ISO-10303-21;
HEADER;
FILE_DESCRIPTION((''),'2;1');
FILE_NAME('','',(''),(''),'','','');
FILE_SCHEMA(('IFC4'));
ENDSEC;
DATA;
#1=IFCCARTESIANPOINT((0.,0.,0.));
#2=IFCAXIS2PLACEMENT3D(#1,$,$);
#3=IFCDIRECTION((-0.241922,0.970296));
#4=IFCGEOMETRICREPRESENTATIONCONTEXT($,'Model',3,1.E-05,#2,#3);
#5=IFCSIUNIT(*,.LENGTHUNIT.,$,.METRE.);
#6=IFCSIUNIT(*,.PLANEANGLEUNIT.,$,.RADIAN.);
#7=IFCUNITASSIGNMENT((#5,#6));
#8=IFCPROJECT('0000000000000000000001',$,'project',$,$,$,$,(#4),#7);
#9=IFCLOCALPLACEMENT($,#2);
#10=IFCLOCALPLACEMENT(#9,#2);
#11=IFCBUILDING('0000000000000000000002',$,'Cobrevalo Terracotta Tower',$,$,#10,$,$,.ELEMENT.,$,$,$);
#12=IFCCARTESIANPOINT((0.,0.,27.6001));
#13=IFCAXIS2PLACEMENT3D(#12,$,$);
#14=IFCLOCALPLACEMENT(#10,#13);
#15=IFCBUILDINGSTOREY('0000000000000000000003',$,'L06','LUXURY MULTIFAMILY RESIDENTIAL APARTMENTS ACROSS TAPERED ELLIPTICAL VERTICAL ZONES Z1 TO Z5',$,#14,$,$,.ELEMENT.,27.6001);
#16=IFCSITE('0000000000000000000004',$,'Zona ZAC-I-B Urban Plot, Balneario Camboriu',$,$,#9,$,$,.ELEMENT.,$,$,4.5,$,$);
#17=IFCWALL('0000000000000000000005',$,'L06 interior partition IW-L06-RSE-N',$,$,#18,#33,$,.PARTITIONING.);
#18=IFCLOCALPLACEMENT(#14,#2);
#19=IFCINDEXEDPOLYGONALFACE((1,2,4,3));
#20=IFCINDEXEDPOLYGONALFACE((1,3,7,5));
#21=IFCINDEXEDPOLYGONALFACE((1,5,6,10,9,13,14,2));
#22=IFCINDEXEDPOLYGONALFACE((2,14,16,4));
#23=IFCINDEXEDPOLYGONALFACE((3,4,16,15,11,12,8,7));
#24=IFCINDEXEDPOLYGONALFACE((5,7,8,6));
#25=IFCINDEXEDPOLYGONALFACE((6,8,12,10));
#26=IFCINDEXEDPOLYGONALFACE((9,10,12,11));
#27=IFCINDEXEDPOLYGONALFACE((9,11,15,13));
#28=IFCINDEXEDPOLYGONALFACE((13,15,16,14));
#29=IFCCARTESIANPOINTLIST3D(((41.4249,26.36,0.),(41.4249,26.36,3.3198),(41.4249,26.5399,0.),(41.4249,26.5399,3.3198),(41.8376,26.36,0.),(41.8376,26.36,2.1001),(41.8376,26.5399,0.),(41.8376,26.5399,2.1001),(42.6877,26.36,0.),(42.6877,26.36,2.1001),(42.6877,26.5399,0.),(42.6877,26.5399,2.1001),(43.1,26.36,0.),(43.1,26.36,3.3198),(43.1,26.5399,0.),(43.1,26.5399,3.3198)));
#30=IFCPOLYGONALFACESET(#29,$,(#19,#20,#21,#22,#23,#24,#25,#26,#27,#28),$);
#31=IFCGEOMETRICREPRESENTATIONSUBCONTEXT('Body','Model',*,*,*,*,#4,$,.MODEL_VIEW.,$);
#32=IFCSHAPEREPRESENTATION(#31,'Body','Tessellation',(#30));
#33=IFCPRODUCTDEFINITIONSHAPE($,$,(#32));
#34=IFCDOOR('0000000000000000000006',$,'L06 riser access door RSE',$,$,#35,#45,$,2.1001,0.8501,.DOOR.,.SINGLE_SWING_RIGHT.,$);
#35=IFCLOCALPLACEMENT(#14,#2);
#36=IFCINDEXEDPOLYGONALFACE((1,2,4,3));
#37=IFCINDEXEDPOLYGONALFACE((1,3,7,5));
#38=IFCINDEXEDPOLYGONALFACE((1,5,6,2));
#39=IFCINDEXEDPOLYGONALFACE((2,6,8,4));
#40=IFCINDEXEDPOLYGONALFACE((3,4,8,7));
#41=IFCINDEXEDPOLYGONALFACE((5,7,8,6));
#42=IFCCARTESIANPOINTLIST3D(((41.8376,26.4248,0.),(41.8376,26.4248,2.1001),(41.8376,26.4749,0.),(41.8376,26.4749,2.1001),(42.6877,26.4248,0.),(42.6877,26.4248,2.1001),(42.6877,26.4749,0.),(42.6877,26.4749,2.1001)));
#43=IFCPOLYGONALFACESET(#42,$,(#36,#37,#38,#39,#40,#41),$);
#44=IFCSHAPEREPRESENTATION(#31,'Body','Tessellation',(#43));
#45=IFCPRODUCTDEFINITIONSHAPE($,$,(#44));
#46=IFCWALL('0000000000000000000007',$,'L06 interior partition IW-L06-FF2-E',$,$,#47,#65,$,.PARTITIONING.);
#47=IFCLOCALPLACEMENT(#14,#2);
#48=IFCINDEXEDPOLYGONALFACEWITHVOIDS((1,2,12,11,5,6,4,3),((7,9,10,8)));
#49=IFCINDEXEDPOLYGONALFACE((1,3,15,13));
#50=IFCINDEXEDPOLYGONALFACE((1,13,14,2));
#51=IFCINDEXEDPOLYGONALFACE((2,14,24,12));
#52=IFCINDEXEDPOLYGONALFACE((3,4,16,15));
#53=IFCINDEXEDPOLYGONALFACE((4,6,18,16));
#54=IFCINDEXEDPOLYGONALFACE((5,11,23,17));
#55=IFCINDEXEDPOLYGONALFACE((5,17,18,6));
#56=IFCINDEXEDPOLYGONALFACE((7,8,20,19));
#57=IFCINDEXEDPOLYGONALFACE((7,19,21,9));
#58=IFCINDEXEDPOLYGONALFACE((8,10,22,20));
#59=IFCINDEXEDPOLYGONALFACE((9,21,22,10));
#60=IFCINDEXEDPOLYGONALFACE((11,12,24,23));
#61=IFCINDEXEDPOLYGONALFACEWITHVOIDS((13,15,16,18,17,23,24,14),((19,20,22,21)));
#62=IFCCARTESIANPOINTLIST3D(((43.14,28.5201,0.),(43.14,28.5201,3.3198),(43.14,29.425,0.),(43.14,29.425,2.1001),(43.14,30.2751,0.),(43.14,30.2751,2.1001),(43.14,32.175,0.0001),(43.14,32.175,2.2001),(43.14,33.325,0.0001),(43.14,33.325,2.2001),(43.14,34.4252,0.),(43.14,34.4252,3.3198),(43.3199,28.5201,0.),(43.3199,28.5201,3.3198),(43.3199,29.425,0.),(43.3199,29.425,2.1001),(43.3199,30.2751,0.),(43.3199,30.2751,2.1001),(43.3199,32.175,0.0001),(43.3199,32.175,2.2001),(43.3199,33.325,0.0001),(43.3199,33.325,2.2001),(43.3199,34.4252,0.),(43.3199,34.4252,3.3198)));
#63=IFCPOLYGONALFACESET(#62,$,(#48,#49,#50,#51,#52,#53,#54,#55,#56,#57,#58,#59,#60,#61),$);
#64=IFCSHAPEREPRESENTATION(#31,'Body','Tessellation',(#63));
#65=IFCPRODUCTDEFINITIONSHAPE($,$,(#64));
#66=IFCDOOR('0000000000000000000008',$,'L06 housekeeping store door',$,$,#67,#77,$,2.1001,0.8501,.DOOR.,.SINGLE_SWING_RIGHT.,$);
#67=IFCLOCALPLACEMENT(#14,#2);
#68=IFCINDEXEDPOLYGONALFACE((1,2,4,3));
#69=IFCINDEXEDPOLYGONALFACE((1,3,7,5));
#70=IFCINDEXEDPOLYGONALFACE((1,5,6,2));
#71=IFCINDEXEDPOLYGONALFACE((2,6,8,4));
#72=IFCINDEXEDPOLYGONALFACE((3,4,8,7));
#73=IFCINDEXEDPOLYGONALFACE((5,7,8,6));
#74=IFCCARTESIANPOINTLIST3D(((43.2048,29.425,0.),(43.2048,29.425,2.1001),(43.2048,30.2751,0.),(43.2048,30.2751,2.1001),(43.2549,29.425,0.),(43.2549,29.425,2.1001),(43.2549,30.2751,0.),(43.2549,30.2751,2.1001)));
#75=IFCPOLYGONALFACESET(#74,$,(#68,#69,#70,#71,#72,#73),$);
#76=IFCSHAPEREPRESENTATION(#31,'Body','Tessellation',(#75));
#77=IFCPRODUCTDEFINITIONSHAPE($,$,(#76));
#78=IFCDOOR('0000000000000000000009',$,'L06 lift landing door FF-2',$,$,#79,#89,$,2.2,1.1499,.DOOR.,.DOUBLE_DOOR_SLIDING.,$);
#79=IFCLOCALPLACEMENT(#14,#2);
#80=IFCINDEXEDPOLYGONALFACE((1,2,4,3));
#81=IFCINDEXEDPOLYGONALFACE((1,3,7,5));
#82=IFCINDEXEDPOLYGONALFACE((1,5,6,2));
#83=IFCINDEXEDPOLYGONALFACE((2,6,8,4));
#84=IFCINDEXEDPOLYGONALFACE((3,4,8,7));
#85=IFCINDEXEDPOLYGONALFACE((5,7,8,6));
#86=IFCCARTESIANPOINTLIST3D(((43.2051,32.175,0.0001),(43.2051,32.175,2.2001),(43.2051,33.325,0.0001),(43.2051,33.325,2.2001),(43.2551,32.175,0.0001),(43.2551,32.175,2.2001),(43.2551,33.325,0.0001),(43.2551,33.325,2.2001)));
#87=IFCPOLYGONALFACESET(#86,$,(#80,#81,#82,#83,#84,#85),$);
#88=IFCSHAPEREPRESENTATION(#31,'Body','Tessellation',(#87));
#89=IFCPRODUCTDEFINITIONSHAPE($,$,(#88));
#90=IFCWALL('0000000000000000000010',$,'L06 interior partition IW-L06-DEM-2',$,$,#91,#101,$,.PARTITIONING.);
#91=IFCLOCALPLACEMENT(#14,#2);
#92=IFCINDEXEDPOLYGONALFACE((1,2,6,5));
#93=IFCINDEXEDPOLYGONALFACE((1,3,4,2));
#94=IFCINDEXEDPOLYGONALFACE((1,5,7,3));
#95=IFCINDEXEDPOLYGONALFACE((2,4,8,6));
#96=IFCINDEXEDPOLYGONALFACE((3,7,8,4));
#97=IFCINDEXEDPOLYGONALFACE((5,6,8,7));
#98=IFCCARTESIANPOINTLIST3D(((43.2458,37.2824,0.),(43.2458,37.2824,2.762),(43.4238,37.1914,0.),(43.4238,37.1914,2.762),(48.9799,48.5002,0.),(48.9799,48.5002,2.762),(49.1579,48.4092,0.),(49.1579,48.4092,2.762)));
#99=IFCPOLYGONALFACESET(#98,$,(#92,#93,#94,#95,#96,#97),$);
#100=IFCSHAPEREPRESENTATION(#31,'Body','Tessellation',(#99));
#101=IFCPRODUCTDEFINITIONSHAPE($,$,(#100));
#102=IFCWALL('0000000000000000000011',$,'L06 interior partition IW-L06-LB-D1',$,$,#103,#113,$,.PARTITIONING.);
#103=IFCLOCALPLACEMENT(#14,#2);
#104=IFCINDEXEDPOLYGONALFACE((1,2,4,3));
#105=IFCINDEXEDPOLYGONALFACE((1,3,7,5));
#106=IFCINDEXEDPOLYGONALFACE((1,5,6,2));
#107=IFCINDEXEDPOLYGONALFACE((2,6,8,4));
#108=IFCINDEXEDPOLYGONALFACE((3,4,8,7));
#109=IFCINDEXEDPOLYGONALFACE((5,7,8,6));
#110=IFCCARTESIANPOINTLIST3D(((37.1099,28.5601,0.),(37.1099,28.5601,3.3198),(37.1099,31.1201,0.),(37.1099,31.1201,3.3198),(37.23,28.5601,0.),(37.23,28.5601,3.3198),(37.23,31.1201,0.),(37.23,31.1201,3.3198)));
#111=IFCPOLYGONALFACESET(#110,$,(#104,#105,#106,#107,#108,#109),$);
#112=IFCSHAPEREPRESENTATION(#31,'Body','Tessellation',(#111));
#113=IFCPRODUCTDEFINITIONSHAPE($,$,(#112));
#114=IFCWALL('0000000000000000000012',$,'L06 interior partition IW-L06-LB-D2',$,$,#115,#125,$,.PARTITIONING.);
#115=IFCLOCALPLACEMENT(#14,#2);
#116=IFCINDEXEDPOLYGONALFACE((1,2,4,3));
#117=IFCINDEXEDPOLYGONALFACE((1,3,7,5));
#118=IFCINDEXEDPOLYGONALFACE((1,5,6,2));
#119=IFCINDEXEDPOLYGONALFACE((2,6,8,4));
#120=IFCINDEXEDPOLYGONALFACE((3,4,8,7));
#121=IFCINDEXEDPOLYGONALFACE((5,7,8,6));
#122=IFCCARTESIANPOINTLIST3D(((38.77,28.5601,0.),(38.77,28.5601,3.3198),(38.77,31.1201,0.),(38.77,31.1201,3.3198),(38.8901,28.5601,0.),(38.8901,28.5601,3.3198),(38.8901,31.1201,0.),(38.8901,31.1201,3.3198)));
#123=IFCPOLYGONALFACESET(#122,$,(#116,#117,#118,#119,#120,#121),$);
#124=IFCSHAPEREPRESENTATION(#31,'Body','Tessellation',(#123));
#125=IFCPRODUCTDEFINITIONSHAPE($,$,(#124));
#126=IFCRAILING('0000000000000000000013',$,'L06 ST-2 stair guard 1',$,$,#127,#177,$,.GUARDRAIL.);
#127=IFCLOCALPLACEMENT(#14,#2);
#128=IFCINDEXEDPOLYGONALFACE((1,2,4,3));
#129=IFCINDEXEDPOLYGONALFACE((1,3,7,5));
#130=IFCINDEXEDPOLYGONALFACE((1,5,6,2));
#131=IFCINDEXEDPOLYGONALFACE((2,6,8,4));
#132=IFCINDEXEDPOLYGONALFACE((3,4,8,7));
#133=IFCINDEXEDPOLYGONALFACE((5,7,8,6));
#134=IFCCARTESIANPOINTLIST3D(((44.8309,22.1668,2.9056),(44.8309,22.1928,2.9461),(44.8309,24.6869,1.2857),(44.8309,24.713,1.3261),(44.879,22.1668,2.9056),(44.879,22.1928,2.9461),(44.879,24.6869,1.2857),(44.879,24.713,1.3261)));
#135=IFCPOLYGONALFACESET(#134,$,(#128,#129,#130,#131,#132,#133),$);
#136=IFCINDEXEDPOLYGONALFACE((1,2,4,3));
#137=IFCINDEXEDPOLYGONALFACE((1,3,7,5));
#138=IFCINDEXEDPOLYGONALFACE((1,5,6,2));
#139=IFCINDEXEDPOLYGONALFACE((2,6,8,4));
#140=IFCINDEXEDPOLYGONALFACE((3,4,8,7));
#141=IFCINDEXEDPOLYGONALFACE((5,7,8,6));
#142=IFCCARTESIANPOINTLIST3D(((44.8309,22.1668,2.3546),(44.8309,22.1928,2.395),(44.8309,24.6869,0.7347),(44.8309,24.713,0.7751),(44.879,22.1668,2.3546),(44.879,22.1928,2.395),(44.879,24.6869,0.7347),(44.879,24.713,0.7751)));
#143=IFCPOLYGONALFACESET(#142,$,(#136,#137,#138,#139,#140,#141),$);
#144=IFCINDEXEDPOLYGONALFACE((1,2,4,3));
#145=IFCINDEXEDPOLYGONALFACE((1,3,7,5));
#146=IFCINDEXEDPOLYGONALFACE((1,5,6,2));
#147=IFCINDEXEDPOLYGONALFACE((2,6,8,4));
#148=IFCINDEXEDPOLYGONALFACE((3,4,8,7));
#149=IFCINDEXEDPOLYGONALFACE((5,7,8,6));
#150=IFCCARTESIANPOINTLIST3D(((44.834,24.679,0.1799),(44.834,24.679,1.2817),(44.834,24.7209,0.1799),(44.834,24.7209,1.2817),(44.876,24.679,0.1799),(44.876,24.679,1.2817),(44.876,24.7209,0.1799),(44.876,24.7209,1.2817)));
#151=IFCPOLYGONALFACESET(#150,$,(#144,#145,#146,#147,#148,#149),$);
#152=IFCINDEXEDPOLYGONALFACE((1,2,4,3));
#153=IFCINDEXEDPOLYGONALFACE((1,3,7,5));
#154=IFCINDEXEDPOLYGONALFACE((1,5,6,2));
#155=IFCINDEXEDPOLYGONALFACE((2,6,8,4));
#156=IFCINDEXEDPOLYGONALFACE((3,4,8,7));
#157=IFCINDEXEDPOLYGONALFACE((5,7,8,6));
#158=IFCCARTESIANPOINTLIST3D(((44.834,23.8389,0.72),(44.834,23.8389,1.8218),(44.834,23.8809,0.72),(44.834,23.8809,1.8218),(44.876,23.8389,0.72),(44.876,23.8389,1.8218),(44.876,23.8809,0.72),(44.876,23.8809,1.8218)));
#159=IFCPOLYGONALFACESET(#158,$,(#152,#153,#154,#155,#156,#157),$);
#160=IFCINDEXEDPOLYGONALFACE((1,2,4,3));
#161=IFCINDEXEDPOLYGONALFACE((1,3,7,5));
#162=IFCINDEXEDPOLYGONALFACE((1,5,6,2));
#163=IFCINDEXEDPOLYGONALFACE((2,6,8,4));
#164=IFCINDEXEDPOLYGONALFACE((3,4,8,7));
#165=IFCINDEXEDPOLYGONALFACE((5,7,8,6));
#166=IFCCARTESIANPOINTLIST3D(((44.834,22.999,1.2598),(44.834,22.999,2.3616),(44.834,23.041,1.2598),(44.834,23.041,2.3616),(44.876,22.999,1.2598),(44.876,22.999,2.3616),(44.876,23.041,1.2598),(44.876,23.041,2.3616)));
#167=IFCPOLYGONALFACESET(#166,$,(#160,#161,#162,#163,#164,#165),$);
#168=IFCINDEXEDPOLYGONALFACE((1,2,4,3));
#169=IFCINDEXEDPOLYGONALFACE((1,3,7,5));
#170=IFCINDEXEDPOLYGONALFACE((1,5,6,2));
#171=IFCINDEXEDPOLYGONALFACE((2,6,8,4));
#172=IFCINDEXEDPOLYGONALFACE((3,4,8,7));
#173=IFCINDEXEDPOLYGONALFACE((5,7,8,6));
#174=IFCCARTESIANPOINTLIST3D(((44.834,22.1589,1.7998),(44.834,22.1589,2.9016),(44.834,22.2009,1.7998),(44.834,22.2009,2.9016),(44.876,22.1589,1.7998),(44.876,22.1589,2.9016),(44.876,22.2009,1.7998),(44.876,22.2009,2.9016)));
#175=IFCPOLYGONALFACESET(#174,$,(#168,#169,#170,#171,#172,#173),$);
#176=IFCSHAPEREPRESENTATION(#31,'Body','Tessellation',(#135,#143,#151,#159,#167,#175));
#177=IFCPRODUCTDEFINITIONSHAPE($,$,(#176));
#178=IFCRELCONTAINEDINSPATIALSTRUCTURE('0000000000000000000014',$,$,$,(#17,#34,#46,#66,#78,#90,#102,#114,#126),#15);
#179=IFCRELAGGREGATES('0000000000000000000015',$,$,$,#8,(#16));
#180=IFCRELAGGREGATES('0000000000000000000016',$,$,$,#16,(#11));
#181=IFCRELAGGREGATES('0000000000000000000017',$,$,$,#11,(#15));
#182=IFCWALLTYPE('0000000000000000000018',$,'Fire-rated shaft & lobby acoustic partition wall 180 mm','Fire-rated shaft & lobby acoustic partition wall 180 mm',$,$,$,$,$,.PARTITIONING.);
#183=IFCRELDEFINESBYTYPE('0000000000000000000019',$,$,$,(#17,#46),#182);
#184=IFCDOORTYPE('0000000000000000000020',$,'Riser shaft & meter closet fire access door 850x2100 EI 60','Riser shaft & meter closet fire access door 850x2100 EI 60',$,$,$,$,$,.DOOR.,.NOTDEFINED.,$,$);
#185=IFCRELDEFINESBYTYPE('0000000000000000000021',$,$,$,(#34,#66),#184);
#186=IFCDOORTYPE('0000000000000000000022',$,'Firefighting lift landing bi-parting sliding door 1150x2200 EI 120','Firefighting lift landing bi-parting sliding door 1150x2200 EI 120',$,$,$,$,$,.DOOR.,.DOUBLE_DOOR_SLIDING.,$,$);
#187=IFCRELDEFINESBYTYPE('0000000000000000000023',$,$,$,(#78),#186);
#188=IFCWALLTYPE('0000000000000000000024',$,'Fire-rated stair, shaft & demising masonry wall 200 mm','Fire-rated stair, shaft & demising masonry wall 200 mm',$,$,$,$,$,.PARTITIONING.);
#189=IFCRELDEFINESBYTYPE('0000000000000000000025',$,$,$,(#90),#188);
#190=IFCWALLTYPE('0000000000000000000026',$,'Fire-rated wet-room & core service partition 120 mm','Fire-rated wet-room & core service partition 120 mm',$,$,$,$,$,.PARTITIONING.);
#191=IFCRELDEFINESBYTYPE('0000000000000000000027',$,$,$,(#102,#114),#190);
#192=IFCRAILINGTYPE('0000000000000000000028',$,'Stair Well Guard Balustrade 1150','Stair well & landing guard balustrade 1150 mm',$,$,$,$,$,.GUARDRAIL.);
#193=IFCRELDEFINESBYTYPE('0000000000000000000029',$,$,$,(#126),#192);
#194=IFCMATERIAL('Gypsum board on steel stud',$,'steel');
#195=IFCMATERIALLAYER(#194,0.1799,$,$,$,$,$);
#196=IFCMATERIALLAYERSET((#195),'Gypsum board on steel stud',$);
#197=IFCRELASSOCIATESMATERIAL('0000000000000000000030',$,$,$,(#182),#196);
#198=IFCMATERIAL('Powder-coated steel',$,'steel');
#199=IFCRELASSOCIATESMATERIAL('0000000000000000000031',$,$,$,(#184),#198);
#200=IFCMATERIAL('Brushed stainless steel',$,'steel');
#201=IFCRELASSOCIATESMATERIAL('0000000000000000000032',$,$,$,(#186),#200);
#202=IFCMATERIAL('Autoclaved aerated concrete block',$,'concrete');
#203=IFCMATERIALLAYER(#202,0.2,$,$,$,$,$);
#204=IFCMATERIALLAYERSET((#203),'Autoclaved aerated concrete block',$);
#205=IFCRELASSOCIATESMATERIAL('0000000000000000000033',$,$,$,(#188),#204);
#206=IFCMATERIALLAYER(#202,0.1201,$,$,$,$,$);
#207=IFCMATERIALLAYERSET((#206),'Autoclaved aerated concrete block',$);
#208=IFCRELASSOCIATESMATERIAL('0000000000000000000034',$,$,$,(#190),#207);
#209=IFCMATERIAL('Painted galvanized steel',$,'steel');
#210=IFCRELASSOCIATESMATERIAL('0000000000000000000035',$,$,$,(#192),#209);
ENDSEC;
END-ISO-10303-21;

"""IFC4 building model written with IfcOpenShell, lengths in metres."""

from ifc_helpers import new_model, si_unit, direction, frame, frame_2d, origin, origin_2d, place, context, subcontext, project, spatial, rectangle, extrude, source, transform, mapped, material, layer, layer_set, type_object, element, fill, save


model = new_model("IFC4")

# Units and contexts
model_context = context("Model", 3, precision=1e-05, world=origin(), true_north=direction((-0.241922, 0.970296)))
body_context = subcontext(model_context, "Body", "Model", "MODEL_VIEW")
ifc_project = project(units=[si_unit("LENGTHUNIT", "METRE"), si_unit("PLANEANGLEUNIT", "RADIAN")], contexts=[model_context])

# Site, building, storey
site_placement = place(None, origin())
site = spatial("IfcSite", under=ifc_project, at=site_placement, Name="Zona ZAC-I-B Urban Plot, Balneario Camboriu", CompositionType="ELEMENT", RefElevation=4.5)
building_placement = place(site_placement, origin())
building = spatial("IfcBuilding", under=site, at=building_placement, Name="Cobrevalo Terracotta Tower", CompositionType="ELEMENT")
storey_placement = place(building_placement, frame((0.0, 0.0, 27.6001)))
storey = spatial("IfcBuildingStorey", under=building, at=storey_placement, Name="L06", Description="LUXURY MULTIFAMILY RESIDENTIAL APARTMENTS ACROSS TAPERED ELLIPTICAL VERTICAL ZONES Z1 TO Z5", CompositionType="ELEMENT", Elevation=27.6001)

# Shared definitions
ifc_material_1 = material(Name="Gypsum board on steel stud", Category="steel")

# Shared definitions
ifc_material_2 = material(Name="Brushed stainless steel", Category="steel")

# Wall, opening, door
ifc_layer_1 = layer(ifc_material_1, 0.1799)
ifc_layer_set_1 = layer_set([ifc_layer_1], Name="Gypsum board on steel stud")
wall_type_1 = type_object("IfcWallType", Name="Fire-rated shaft & lobby acoustic partition wall 180 mm", Description="Fire-rated shaft & lobby acoustic partition wall 180 mm", PredefinedType="PARTITIONING", material=ifc_layer_set_1)
wall_1_placement = place(storey_placement, frame((41.425, 26.45, 0.0), z_axis=(0.0, 0.0, 1.0), x_axis=(1.0, 0.0, 0.0)))
wall_1 = element("IfcWall", 1, at=wall_1_placement, inside=storey, type_object=wall_type_1, Name="L06 interior partition IW-L06-RSE-N", PredefinedType="PARTITIONING", context=body_context, shape_type="SweptSolid", body=[
    extrude(rectangle(XDim=1.675, YDim=0.1799, at=frame_2d((0.8374, 0.0))), origin(), (0.0, 0.0, 1.0), 3.3198),
])
opening_1_placement = place(wall_1_placement, frame((0.4126, 0.0, 0.0)))
opening_1 = element("IfcOpeningElement", 2, at=opening_1_placement, cuts=wall_1, PredefinedType="OPENING", context=body_context, shape_type="SweptSolid", body=[
    extrude(rectangle(XDim=0.8501, YDim=2.1001, at=frame_2d((0.425, 1.05))), frame((0.0, 0.1001, 0.0), z_axis=(0.0, -1.0, 0.0), x_axis=(1.0, 0.0, 0.0)), (0.0, 0.0, 1.0), 0.2),
])
ifc_material_3 = material(Name="Powder-coated steel", Category="steel")
door_type_1 = type_object("IfcDoorType", Name="Riser shaft & meter closet fire access door 850x2100 EI 60", Description="Riser shaft & meter closet fire access door 850x2100 EI 60", OperationType="NOTDEFINED", PredefinedType="DOOR", material=ifc_material_3)
shared_shape_1 = source(origin(), body_context, "Body", "SweptSolid", [
    extrude(rectangle(XDim=0.8501, YDim=2.1001, at=frame_2d((0.425, 1.05))), frame((0.0, 0.0249, 0.0), z_axis=(0.0, -1.0, 0.0), x_axis=(1.0, 0.0, 0.0)), (0.0, 0.0, 1.0), 0.05),
])
door_1_placement = place(opening_1_placement, origin())
door_1 = element("IfcDoor", 3, at=door_1_placement, inside=storey, type_object=door_type_1, Name="L06 riser access door RSE", OperationType="SINGLE_SWING_RIGHT", OverallHeight=2.1001, OverallWidth=0.8501, PredefinedType="DOOR", context=body_context, shape_type="MappedRepresentation", body=[
    mapped(shared_shape_1, transform((0.0, 0.0, 0.0), scale=1.0)),
])
fill(opening_1, door_1)

# Wall, openings, doors
wall_2_placement = place(storey_placement, frame((43.23, 28.52, 0.0), z_axis=(0.0, 0.0, 1.0), x_axis=(0.0, 1.0, 0.0)))
wall_2 = element("IfcWall", 4, at=wall_2_placement, inside=storey, type_object=wall_type_1, Name="L06 interior partition IW-L06-FF2-E", PredefinedType="PARTITIONING", context=body_context, shape_type="SweptSolid", body=[
    extrude(rectangle(XDim=5.905, YDim=0.1799, at=frame_2d((2.9526, 0.0))), origin(), (0.0, 0.0, 1.0), 3.3198),
])
opening_2_placement = place(wall_2_placement, frame((0.905, 0.0, 0.0)))
opening_2 = element("IfcOpeningElement", 5, at=opening_2_placement, cuts=wall_2, PredefinedType="OPENING", context=body_context, shape_type="SweptSolid", body=[
    extrude(rectangle(XDim=0.8501, YDim=2.1001, at=frame_2d((0.425, 1.05))), frame((0.0, 0.1001, 0.0), z_axis=(0.0, -1.0, 0.0), x_axis=(1.0, 0.0, 0.0)), (0.0, 0.0, 1.0), 0.2),
])
opening_3_placement = place(wall_2_placement, frame((3.655, 0.0, 0.0)))
opening_3 = element("IfcOpeningElement", 6, at=opening_3_placement, cuts=wall_2, PredefinedType="OPENING", context=body_context, shape_type="SweptSolid", body=[
    extrude(rectangle(XDim=1.1499, YDim=2.2, at=frame_2d((0.575, 1.1001))), frame((0.0, 0.1001, 0.0), z_axis=(0.0, -1.0, 0.0), x_axis=(1.0, 0.0, 0.0)), (0.0, 0.0, 1.0), 0.2),
])
door_2_placement = place(opening_2_placement, frame((0.8501, 0.0, 0.0), z_axis=(0.0, 0.0, 1.0), x_axis=(-1.0, 0.0, 0.0)))
door_2 = element("IfcDoor", 7, at=door_2_placement, inside=storey, type_object=door_type_1, Name="L06 housekeeping store door", OperationType="SINGLE_SWING_RIGHT", OverallHeight=2.1001, OverallWidth=0.8501, PredefinedType="DOOR", context=body_context, shape_type="MappedRepresentation", body=[
    mapped(shared_shape_1, transform((0.0, 0.0, 0.0), scale=1.0)),
])
fill(opening_2, door_2)
door_type_2 = type_object("IfcDoorType", Name="Firefighting lift landing bi-parting sliding door 1150x2200 EI 120", Description="Firefighting lift landing bi-parting sliding door 1150x2200 EI 120", OperationType="DOUBLE_DOOR_SLIDING", PredefinedType="DOOR", material=ifc_material_2)
shared_shape_2 = source(origin(), body_context, "Body", "SweptSolid", [
    extrude(rectangle(XDim=1.1499, YDim=2.2, at=frame_2d((0.575, 1.1001))), frame((0.0, 0.0249, 0.0), z_axis=(0.0, -1.0, 0.0), x_axis=(1.0, 0.0, 0.0)), (0.0, 0.0, 1.0), 0.05),
])
door_3_placement = place(opening_3_placement, origin())
door_3 = element("IfcDoor", 8, at=door_3_placement, inside=storey, type_object=door_type_2, Name="L06 lift landing door FF-2", OperationType="DOUBLE_DOOR_SLIDING", OverallHeight=2.2, OverallWidth=1.1499, PredefinedType="DOOR", context=body_context, shape_type="MappedRepresentation", body=[
    mapped(shared_shape_2, transform((0.0, 0.0, 0.0), scale=1.0)),
])
fill(opening_3, door_3)

# Walls
ifc_material_4 = material(Name="Autoclaved aerated concrete block", Category="concrete")
ifc_layer_2 = layer(ifc_material_4, 0.2)
ifc_layer_set_2 = layer_set([ifc_layer_2], Name="Autoclaved aerated concrete block")
wall_type_2 = type_object("IfcWallType", Name="Fire-rated stair, shaft & demising masonry wall 200 mm", Description="Fire-rated stair, shaft & demising masonry wall 200 mm", PredefinedType="PARTITIONING", material=ifc_layer_set_2)
wall_3_placement = place(storey_placement, frame((43.3347, 37.2368, 0.0), z_axis=(0.0, 0.0, 1.0), x_axis=(0.455149, 0.890415, 0.0)))
element("IfcWall", 9, at=wall_3_placement, inside=storey, type_object=wall_type_2, Name="L06 interior partition IW-L06-DEM-2", PredefinedType="PARTITIONING", context=body_context, shape_type="SweptSolid", body=[
    extrude(rectangle(XDim=12.5984, YDim=0.2, at=frame_2d((6.2993, 0.0))), origin(), (0.0, 0.0, 1.0), 2.762),
])
ifc_layer_3 = layer(ifc_material_4, 0.1201)
ifc_layer_set_3 = layer_set([ifc_layer_3], Name="Autoclaved aerated concrete block")
wall_type_3 = type_object("IfcWallType", Name="Fire-rated wet-room & core service partition 120 mm", Description="Fire-rated wet-room & core service partition 120 mm", PredefinedType="PARTITIONING", material=ifc_layer_set_3)
for number, where, z_axis, x_axis, name in (
    (10, (37.1699, 28.5601, 0.0), (0.0, 0.0, 1.0), (0.0, 1.0, 0.0), "L06 interior partition IW-L06-LB-D1"),
    (11, (38.8301, 28.5601, 0.0), (0.0, 0.0, 1.0), (0.0, 1.0, 0.0), "L06 interior partition IW-L06-LB-D2"),
):
    element("IfcWall", number, at=place(storey_placement, frame(where, z_axis=z_axis, x_axis=x_axis)), inside=storey, type_object=wall_type_3, Name=name, PredefinedType="PARTITIONING", context=body_context, shape_type="SweptSolid", body=[
        extrude(rectangle(XDim=2.5601, YDim=0.1201, at=frame_2d((1.28, 0.0))), origin(), (0.0, 0.0, 1.0), 3.3198),
    ])

# Railing
ifc_material_5 = material(Name="Painted galvanized steel", Category="steel")
railing_type = type_object("IfcRailingType", Name="Stair Well Guard Balustrade 1150", Description="Stair well & landing guard balustrade 1150 mm", PredefinedType="GUARDRAIL", material=ifc_material_5)
railing_1_placement = place(storey_placement, frame((44.855, 24.7, 0.1799)))
element("IfcRailing", 12, at=railing_1_placement, inside=storey, type_object=railing_type, Name="L06 ST-2 stair guard 1", PredefinedType="GUARDRAIL", context=body_context, shape_type="SweptSolid", body=[
    extrude(rectangle(XDim=0.0481, YDim=0.0481, at=origin_2d()), frame((0.0, 0.0, 1.126), z_axis=(0.0, -0.8412, 0.540725), x_axis=(1.0, 0.0, 0.0)), (0.0, 0.0, 1.0), 2.9958),
    extrude(rectangle(XDim=0.0481, YDim=0.0481, at=origin_2d()), frame((0.0, 0.0, 0.575), z_axis=(0.0, -0.8412, 0.540725), x_axis=(1.0, 0.0, 0.0)), (0.0, 0.0, 1.0), 2.9958),
    extrude(rectangle(XDim=0.042, YDim=0.042, at=origin_2d()), origin(), (0.0, 0.0, 1.0), 1.1018),
    extrude(rectangle(XDim=0.042, YDim=0.042, at=origin_2d()), frame((0.0, -0.8401, 0.54)), (0.0, 0.0, 1.0), 1.1018),
    extrude(rectangle(XDim=0.042, YDim=0.042, at=origin_2d()), frame((0.0, -1.6799, 1.0798)), (0.0, 0.0, 1.0), 1.1018),
    extrude(rectangle(XDim=0.042, YDim=0.042, at=origin_2d()), frame((0.0, -2.52, 1.6199)), (0.0, 0.0, 1.0), 1.1018),
])

save(model, "model.ifc")
